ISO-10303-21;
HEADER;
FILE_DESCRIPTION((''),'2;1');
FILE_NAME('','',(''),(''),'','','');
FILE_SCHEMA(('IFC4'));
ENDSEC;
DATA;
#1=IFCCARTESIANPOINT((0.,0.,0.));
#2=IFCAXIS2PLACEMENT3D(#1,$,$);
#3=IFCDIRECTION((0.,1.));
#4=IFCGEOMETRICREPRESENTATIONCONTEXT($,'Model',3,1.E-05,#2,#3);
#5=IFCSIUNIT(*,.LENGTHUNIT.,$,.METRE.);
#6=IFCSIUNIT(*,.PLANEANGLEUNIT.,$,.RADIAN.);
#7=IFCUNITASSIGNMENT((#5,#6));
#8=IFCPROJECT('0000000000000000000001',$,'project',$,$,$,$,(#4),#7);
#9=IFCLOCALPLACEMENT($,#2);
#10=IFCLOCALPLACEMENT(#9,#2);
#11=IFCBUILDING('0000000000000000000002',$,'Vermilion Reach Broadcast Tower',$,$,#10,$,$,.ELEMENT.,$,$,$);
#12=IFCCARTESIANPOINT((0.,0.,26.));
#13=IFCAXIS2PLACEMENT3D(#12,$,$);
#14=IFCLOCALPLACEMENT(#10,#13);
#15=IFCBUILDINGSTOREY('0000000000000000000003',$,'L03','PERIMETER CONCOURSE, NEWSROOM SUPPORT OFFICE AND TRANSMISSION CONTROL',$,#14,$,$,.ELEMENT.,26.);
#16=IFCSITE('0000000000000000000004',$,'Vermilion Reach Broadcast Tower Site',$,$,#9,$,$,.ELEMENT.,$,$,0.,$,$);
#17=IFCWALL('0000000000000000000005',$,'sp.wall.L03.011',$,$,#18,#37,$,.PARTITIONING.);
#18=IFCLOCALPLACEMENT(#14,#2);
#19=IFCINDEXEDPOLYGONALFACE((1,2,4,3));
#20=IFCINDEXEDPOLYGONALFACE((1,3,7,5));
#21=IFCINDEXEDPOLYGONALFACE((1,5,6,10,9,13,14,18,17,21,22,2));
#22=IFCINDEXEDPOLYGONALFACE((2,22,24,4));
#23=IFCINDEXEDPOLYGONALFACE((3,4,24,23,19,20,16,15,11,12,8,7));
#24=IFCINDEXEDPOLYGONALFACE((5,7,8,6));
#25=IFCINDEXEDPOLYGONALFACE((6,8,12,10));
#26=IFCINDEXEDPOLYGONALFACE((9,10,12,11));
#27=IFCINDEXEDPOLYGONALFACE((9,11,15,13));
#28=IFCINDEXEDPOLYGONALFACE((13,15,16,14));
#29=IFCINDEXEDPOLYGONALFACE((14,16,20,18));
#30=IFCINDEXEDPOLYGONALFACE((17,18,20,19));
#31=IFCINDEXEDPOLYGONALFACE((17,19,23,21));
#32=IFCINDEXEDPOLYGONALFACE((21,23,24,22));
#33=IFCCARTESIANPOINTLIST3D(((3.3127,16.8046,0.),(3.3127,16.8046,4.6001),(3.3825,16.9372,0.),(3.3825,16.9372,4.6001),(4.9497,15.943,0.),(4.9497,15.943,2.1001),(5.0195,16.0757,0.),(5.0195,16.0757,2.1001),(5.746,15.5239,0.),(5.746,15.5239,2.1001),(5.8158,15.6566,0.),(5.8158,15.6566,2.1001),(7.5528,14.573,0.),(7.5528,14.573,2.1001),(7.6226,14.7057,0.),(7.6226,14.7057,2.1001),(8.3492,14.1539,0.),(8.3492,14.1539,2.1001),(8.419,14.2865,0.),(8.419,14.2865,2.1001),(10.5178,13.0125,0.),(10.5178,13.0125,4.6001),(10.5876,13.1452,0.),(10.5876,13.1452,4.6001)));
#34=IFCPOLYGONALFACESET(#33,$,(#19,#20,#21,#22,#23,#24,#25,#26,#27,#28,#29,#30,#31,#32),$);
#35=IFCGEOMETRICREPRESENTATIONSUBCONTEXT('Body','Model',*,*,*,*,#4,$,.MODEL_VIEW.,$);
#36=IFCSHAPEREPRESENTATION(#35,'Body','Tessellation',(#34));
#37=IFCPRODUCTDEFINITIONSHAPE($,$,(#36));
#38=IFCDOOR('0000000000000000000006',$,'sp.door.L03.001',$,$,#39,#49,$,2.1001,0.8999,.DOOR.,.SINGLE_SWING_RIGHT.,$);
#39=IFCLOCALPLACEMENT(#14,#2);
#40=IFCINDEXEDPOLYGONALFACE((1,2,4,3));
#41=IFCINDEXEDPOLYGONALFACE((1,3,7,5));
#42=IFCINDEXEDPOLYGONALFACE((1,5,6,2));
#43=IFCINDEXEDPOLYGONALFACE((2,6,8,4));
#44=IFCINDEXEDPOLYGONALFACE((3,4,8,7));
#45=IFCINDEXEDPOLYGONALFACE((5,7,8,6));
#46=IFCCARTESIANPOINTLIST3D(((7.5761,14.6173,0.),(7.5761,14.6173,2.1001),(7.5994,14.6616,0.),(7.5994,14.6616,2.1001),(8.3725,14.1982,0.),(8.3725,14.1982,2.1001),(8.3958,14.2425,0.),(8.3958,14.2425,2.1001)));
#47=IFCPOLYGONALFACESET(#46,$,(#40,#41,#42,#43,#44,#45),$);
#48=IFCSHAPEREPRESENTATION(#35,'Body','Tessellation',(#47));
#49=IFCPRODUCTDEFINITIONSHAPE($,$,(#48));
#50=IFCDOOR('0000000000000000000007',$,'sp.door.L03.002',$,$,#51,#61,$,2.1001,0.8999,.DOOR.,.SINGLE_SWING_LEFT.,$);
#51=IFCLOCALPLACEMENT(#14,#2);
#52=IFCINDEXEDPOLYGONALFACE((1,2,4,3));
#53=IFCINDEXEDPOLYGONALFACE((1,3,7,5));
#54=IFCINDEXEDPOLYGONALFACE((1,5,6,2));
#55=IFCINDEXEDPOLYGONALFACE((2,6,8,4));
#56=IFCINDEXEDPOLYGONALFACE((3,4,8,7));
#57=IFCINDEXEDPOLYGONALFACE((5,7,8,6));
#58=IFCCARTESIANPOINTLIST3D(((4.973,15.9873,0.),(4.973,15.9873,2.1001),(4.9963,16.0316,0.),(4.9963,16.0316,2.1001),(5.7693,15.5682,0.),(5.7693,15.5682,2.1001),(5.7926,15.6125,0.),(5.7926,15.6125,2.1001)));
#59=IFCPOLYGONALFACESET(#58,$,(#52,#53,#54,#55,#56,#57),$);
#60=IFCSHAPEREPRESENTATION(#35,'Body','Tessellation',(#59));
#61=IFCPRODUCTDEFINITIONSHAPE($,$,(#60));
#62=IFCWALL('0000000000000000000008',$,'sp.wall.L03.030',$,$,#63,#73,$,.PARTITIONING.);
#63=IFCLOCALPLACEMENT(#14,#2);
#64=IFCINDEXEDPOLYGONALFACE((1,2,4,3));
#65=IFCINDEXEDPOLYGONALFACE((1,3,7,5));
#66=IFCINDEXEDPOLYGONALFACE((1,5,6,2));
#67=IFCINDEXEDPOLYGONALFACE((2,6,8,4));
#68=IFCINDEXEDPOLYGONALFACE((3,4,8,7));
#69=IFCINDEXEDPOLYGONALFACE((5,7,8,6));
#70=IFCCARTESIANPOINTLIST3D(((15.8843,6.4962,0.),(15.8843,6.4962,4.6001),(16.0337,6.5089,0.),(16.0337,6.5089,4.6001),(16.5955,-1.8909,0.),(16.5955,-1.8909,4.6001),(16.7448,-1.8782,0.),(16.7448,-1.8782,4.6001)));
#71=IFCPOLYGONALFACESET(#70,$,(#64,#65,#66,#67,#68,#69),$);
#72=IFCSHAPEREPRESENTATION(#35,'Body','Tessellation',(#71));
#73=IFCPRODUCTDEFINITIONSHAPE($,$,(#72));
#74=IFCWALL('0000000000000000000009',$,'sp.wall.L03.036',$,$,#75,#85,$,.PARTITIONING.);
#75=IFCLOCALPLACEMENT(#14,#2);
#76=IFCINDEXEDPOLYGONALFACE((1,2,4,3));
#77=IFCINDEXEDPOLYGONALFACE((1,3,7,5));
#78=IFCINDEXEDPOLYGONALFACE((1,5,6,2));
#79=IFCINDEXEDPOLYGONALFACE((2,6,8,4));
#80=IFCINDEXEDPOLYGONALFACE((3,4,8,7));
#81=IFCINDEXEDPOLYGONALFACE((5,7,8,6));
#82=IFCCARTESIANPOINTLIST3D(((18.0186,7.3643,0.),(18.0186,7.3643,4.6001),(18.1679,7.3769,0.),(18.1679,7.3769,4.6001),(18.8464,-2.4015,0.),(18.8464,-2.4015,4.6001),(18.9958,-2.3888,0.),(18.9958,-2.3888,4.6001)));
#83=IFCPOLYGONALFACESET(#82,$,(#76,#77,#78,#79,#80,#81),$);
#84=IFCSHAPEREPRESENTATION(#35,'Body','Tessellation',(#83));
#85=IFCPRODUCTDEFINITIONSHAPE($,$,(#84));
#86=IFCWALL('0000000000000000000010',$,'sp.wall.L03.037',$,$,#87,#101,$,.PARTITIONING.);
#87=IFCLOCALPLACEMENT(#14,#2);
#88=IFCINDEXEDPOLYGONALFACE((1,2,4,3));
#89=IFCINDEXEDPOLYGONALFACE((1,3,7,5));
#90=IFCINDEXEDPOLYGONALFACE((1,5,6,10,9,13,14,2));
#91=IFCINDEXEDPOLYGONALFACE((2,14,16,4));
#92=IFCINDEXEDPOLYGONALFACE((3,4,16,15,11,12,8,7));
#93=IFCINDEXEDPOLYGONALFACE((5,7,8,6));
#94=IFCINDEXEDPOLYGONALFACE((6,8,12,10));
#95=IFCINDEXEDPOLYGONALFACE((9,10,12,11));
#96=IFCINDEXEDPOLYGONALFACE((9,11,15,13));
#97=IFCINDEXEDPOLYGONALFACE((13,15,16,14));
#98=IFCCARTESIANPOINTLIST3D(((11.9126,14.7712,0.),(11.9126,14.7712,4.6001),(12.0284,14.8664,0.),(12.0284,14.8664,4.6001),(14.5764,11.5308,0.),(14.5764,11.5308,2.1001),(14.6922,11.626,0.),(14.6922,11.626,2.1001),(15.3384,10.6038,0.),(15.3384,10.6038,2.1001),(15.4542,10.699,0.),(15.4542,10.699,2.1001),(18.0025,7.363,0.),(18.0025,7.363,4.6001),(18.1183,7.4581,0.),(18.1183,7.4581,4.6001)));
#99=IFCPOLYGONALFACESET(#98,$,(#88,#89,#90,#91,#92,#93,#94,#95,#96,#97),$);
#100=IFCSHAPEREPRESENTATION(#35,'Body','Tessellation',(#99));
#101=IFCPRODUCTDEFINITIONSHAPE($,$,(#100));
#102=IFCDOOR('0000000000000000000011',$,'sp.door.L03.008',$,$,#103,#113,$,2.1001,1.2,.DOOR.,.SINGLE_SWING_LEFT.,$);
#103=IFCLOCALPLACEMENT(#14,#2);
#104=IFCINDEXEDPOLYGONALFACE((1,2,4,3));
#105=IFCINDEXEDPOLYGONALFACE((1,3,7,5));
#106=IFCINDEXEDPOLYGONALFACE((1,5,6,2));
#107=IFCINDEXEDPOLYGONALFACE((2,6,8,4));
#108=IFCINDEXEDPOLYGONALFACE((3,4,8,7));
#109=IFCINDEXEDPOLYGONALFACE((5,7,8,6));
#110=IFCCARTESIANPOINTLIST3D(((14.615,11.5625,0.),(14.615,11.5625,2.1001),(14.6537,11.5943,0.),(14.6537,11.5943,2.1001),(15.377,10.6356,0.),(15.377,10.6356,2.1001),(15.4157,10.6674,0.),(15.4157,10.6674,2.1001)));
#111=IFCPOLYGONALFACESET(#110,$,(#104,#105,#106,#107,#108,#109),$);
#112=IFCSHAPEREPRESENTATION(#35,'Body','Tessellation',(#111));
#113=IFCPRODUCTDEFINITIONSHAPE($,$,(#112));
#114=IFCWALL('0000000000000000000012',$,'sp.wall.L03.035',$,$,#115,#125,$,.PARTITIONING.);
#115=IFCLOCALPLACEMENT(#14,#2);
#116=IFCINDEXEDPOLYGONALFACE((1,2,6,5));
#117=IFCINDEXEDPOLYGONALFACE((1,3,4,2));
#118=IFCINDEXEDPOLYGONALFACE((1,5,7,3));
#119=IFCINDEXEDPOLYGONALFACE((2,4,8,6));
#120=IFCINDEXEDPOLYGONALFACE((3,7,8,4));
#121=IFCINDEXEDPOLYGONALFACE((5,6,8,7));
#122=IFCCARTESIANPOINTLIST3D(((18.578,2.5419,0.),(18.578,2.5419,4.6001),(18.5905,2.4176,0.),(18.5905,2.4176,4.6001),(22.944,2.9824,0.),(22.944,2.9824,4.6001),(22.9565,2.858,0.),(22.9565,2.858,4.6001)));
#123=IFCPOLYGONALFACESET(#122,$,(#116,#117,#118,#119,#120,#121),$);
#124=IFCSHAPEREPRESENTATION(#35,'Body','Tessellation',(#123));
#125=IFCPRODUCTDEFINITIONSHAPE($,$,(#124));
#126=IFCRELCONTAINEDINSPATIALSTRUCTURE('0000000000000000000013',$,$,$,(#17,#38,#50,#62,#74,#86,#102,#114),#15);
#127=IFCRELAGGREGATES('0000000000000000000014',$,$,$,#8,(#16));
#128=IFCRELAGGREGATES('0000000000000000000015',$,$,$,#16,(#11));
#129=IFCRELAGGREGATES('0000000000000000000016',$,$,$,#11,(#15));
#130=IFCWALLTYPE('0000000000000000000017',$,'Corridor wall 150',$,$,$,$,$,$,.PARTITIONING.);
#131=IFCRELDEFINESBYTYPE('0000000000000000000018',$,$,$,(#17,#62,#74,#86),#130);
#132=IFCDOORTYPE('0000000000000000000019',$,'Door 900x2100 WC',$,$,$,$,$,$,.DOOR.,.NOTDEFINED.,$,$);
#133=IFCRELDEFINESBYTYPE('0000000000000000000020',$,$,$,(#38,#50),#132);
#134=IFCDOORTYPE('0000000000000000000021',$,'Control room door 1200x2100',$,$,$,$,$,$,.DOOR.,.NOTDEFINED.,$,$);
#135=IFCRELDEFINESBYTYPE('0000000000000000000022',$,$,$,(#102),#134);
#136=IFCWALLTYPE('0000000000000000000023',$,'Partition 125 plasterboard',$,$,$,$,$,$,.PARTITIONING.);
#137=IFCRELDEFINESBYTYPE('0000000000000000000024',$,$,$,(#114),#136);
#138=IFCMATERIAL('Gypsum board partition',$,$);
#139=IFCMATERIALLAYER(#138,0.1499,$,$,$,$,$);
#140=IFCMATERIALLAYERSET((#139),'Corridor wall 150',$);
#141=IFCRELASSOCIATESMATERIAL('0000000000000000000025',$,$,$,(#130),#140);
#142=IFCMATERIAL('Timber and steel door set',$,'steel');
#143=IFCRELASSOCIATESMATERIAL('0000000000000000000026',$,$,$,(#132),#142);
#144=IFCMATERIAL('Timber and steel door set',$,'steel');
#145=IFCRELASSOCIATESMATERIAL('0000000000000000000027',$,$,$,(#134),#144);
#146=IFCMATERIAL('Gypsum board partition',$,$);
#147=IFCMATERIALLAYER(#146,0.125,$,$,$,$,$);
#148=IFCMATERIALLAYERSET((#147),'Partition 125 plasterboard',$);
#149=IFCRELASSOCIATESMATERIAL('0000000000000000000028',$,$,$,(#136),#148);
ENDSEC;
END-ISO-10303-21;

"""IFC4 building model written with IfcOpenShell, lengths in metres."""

from ifc_helpers import new_model, si_unit, direction, frame, frame_2d, origin, place, context, subcontext, project, spatial, rectangle, extrude, material, layer, layer_set, type_object, element, fill, save


model = new_model("IFC4")

# Units and contexts
model_context = context("Model", 3, precision=1e-05, world=origin(), true_north=direction((0.0, 1.0)))
body_context = subcontext(model_context, "Body", "Model", "MODEL_VIEW")
ifc_project = project(units=[si_unit("LENGTHUNIT", "METRE"), si_unit("PLANEANGLEUNIT", "RADIAN")], contexts=[model_context])

# Site, building, storey
site_placement = place(None, origin())
site = spatial("IfcSite", under=ifc_project, at=site_placement, Name="Vermilion Reach Broadcast Tower Site", CompositionType="ELEMENT", RefElevation=0.0)
building_placement = place(site_placement, origin())
building = spatial("IfcBuilding", under=site, at=building_placement, Name="Vermilion Reach Broadcast Tower", CompositionType="ELEMENT")
storey_placement = place(building_placement, frame((0.0, 0.0, 26.0)))
storey = spatial("IfcBuildingStorey", under=building, at=storey_placement, Name="L03", Description="PERIMETER CONCOURSE, NEWSROOM SUPPORT OFFICE AND TRANSMISSION CONTROL", CompositionType="ELEMENT", Elevation=26.0)

# Shared definitions
ifc_material_1 = material(Name="Gypsum board partition")
ifc_layer_1 = layer(ifc_material_1, 0.1499)
ifc_layer_set_1 = layer_set([ifc_layer_1], Name="Corridor wall 150")
wall_type_1 = type_object("IfcWallType", Name="Corridor wall 150", PredefinedType="PARTITIONING", material=ifc_layer_set_1)
ifc_material_2 = material(Name="Timber and steel door set", Category="steel")
door_type_1 = type_object("IfcDoorType", Name="Door 900x2100 WC", OperationType="NOTDEFINED", PredefinedType="DOOR", material=ifc_material_2)

# Wall, openings, doors
wall_1_placement = place(storey_placement, frame((10.5527, 13.0789, 0.0), z_axis=(0.0, 0.0, 1.0), x_axis=(-0.884926, 0.465732, 0.0)))
wall_1 = element("IfcWall", 1, at=wall_1_placement, inside=storey, type_object=wall_type_1, Name="sp.wall.L03.011", PredefinedType="PARTITIONING", context=body_context, shape_type="SweptSolid", body=[
    extrude(rectangle(XDim=8.1421, YDim=0.1499, at=frame_2d((4.071, 0.0))), origin(), (0.0, 0.0, 1.0), 4.6001),
])
opening_1_placement = place(wall_1_placement, frame((2.4507, 0.0, 0.0)))
opening_1 = element("IfcOpeningElement", 2, at=opening_1_placement, cuts=wall_1, PredefinedType="OPENING", context=body_context, shape_type="SweptSolid", body=[
    extrude(rectangle(XDim=0.8999, YDim=2.1001, at=frame_2d((0.45, 1.05))), frame((0.0, 0.085, 0.0), z_axis=(0.0, -1.0, 0.0), x_axis=(1.0, 0.0, 0.0)), (0.0, 0.0, 1.0), 0.1699),
])
opening_2_placement = place(wall_1_placement, frame((5.3923, 0.0, 0.0)))
opening_2 = element("IfcOpeningElement", 3, at=opening_2_placement, cuts=wall_1, PredefinedType="OPENING", context=body_context, shape_type="SweptSolid", body=[
    extrude(rectangle(XDim=0.8999, YDim=2.1001, at=frame_2d((0.45, 1.05))), frame((0.0, 0.085, 0.0), z_axis=(0.0, -1.0, 0.0), x_axis=(1.0, 0.0, 0.0)), (0.0, 0.0, 1.0), 0.1699),
])
door_1_placement = place(opening_1_placement, origin())
door_1 = element("IfcDoor", 4, at=door_1_placement, inside=storey, type_object=door_type_1, Name="sp.door.L03.001", OperationType="SINGLE_SWING_RIGHT", OverallHeight=2.1001, OverallWidth=0.8999, PredefinedType="DOOR", context=body_context, shape_type="SweptSolid", body=[
    extrude(rectangle(XDim=0.8999, YDim=2.1001, at=frame_2d((0.45, 1.05))), frame((0.0, 0.0249, 0.0), z_axis=(0.0, -1.0, 0.0), x_axis=(1.0, 0.0, 0.0)), (0.0, 0.0, 1.0), 0.05),
])
fill(opening_1, door_1)
door_2_placement = place(opening_2_placement, origin())
door_2 = element("IfcDoor", 5, at=door_2_placement, inside=storey, type_object=door_type_1, Name="sp.door.L03.002", OperationType="SINGLE_SWING_LEFT", OverallHeight=2.1001, OverallWidth=0.8999, PredefinedType="DOOR", context=body_context, shape_type="SweptSolid", body=[
    extrude(rectangle(XDim=0.8999, YDim=2.1001, at=frame_2d((0.45, 1.05))), frame((0.0, 0.0249, 0.0), z_axis=(0.0, -1.0, 0.0), x_axis=(1.0, 0.0, 0.0)), (0.0, 0.0, 1.0), 0.05),
])
fill(opening_2, door_2)

# Walls
wall_2_placement = place(storey_placement, frame((15.959, 6.5024, 0.0), z_axis=(0.0, 0.0, 1.0), x_axis=(0.08449, -0.996424, 0.0)))
element("IfcWall", 6, at=wall_2_placement, inside=storey, type_object=wall_type_1, Name="sp.wall.L03.030", PredefinedType="PARTITIONING", context=body_context, shape_type="SweptSolid", body=[
    extrude(rectangle(XDim=8.4172, YDim=0.1499, at=frame_2d((4.2085, 0.0))), origin(), (0.0, 0.0, 1.0), 4.6001),
])
wall_3_placement = place(storey_placement, frame((18.0933, 7.3706, 0.0), z_axis=(0.0, 0.0, 1.0), x_axis=(0.08447, -0.996426, 0.0)))
element("IfcWall", 7, at=wall_3_placement, inside=storey, type_object=wall_type_1, Name="sp.wall.L03.036", PredefinedType="PARTITIONING", context=body_context, shape_type="SweptSolid", body=[
    extrude(rectangle(XDim=9.8008, YDim=0.1499, at=frame_2d((4.9004, 0.0))), origin(), (0.0, 0.0, 1.0), 4.6001),
])

# Wall, opening, door
wall_4_placement = place(storey_placement, frame((18.0603, 7.4106, 0.0), z_axis=(0.0, 0.0, 1.0), x_axis=(-0.635022, 0.772494, 0.0)))
wall_4 = element("IfcWall", 8, at=wall_4_placement, inside=storey, type_object=wall_type_1, Name="sp.wall.L03.037", PredefinedType="PARTITIONING", context=body_context, shape_type="SweptSolid", body=[
    extrude(rectangle(XDim=9.5901, YDim=0.1499, at=frame_2d((4.7949, 0.0))), origin(), (0.0, 0.0, 1.0), 4.6001),
])
opening_3_placement = place(wall_4_placement, frame((4.1951, 0.0, 0.0)))
opening_3 = element("IfcOpeningElement", 9, at=opening_3_placement, cuts=wall_4, PredefinedType="OPENING", context=body_context, shape_type="SweptSolid", body=[
    extrude(rectangle(XDim=1.2, YDim=2.1001, at=frame_2d((0.6001, 1.05))), frame((0.0, 0.085, 0.0), z_axis=(0.0, -1.0, 0.0), x_axis=(1.0, 0.0, 0.0)), (0.0, 0.0, 1.0), 0.1699),
])
ifc_material_3 = material(Name="Timber and steel door set", Category="steel")
door_type_2 = type_object("IfcDoorType", Name="Control room door 1200x2100", OperationType="NOTDEFINED", PredefinedType="DOOR", material=ifc_material_3)
door_3_placement = place(opening_3_placement, origin())
door_3 = element("IfcDoor", 10, at=door_3_placement, inside=storey, type_object=door_type_2, Name="sp.door.L03.008", OperationType="SINGLE_SWING_LEFT", OverallHeight=2.1001, OverallWidth=1.2, PredefinedType="DOOR", context=body_context, shape_type="SweptSolid", body=[
    extrude(rectangle(XDim=1.2, YDim=2.1001, at=frame_2d((0.6001, 1.05))), frame((0.0, 0.0249, 0.0), z_axis=(0.0, -1.0, 0.0), x_axis=(1.0, 0.0, 0.0)), (0.0, 0.0, 1.0), 0.05),
])
fill(opening_3, door_3)

# Wall
ifc_material_4 = material(Name="Gypsum board partition")
ifc_layer_2 = layer(ifc_material_4, 0.125)
ifc_layer_set_2 = layer_set([ifc_layer_2], Name="Partition 125 plasterboard")
wall_type_2 = type_object("IfcWallType", Name="Partition 125 plasterboard", PredefinedType="PARTITIONING", material=ifc_layer_set_2)
wall_5_placement = place(storey_placement, frame((18.5842, 2.4797, 0.0), z_axis=(0.0, 0.0, 1.0), x_axis=(0.99495, 0.100369, 0.0)))
element("IfcWall", 11, at=wall_5_placement, inside=storey, type_object=wall_type_2, Name="sp.wall.L03.035", PredefinedType="PARTITIONING", context=body_context, shape_type="SweptSolid", body=[
    extrude(rectangle(XDim=4.3882, YDim=0.125, at=frame_2d((2.1941, 0.0))), origin(), (0.0, 0.0, 1.0), 4.6001),
])

save(model, "model.ifc")
